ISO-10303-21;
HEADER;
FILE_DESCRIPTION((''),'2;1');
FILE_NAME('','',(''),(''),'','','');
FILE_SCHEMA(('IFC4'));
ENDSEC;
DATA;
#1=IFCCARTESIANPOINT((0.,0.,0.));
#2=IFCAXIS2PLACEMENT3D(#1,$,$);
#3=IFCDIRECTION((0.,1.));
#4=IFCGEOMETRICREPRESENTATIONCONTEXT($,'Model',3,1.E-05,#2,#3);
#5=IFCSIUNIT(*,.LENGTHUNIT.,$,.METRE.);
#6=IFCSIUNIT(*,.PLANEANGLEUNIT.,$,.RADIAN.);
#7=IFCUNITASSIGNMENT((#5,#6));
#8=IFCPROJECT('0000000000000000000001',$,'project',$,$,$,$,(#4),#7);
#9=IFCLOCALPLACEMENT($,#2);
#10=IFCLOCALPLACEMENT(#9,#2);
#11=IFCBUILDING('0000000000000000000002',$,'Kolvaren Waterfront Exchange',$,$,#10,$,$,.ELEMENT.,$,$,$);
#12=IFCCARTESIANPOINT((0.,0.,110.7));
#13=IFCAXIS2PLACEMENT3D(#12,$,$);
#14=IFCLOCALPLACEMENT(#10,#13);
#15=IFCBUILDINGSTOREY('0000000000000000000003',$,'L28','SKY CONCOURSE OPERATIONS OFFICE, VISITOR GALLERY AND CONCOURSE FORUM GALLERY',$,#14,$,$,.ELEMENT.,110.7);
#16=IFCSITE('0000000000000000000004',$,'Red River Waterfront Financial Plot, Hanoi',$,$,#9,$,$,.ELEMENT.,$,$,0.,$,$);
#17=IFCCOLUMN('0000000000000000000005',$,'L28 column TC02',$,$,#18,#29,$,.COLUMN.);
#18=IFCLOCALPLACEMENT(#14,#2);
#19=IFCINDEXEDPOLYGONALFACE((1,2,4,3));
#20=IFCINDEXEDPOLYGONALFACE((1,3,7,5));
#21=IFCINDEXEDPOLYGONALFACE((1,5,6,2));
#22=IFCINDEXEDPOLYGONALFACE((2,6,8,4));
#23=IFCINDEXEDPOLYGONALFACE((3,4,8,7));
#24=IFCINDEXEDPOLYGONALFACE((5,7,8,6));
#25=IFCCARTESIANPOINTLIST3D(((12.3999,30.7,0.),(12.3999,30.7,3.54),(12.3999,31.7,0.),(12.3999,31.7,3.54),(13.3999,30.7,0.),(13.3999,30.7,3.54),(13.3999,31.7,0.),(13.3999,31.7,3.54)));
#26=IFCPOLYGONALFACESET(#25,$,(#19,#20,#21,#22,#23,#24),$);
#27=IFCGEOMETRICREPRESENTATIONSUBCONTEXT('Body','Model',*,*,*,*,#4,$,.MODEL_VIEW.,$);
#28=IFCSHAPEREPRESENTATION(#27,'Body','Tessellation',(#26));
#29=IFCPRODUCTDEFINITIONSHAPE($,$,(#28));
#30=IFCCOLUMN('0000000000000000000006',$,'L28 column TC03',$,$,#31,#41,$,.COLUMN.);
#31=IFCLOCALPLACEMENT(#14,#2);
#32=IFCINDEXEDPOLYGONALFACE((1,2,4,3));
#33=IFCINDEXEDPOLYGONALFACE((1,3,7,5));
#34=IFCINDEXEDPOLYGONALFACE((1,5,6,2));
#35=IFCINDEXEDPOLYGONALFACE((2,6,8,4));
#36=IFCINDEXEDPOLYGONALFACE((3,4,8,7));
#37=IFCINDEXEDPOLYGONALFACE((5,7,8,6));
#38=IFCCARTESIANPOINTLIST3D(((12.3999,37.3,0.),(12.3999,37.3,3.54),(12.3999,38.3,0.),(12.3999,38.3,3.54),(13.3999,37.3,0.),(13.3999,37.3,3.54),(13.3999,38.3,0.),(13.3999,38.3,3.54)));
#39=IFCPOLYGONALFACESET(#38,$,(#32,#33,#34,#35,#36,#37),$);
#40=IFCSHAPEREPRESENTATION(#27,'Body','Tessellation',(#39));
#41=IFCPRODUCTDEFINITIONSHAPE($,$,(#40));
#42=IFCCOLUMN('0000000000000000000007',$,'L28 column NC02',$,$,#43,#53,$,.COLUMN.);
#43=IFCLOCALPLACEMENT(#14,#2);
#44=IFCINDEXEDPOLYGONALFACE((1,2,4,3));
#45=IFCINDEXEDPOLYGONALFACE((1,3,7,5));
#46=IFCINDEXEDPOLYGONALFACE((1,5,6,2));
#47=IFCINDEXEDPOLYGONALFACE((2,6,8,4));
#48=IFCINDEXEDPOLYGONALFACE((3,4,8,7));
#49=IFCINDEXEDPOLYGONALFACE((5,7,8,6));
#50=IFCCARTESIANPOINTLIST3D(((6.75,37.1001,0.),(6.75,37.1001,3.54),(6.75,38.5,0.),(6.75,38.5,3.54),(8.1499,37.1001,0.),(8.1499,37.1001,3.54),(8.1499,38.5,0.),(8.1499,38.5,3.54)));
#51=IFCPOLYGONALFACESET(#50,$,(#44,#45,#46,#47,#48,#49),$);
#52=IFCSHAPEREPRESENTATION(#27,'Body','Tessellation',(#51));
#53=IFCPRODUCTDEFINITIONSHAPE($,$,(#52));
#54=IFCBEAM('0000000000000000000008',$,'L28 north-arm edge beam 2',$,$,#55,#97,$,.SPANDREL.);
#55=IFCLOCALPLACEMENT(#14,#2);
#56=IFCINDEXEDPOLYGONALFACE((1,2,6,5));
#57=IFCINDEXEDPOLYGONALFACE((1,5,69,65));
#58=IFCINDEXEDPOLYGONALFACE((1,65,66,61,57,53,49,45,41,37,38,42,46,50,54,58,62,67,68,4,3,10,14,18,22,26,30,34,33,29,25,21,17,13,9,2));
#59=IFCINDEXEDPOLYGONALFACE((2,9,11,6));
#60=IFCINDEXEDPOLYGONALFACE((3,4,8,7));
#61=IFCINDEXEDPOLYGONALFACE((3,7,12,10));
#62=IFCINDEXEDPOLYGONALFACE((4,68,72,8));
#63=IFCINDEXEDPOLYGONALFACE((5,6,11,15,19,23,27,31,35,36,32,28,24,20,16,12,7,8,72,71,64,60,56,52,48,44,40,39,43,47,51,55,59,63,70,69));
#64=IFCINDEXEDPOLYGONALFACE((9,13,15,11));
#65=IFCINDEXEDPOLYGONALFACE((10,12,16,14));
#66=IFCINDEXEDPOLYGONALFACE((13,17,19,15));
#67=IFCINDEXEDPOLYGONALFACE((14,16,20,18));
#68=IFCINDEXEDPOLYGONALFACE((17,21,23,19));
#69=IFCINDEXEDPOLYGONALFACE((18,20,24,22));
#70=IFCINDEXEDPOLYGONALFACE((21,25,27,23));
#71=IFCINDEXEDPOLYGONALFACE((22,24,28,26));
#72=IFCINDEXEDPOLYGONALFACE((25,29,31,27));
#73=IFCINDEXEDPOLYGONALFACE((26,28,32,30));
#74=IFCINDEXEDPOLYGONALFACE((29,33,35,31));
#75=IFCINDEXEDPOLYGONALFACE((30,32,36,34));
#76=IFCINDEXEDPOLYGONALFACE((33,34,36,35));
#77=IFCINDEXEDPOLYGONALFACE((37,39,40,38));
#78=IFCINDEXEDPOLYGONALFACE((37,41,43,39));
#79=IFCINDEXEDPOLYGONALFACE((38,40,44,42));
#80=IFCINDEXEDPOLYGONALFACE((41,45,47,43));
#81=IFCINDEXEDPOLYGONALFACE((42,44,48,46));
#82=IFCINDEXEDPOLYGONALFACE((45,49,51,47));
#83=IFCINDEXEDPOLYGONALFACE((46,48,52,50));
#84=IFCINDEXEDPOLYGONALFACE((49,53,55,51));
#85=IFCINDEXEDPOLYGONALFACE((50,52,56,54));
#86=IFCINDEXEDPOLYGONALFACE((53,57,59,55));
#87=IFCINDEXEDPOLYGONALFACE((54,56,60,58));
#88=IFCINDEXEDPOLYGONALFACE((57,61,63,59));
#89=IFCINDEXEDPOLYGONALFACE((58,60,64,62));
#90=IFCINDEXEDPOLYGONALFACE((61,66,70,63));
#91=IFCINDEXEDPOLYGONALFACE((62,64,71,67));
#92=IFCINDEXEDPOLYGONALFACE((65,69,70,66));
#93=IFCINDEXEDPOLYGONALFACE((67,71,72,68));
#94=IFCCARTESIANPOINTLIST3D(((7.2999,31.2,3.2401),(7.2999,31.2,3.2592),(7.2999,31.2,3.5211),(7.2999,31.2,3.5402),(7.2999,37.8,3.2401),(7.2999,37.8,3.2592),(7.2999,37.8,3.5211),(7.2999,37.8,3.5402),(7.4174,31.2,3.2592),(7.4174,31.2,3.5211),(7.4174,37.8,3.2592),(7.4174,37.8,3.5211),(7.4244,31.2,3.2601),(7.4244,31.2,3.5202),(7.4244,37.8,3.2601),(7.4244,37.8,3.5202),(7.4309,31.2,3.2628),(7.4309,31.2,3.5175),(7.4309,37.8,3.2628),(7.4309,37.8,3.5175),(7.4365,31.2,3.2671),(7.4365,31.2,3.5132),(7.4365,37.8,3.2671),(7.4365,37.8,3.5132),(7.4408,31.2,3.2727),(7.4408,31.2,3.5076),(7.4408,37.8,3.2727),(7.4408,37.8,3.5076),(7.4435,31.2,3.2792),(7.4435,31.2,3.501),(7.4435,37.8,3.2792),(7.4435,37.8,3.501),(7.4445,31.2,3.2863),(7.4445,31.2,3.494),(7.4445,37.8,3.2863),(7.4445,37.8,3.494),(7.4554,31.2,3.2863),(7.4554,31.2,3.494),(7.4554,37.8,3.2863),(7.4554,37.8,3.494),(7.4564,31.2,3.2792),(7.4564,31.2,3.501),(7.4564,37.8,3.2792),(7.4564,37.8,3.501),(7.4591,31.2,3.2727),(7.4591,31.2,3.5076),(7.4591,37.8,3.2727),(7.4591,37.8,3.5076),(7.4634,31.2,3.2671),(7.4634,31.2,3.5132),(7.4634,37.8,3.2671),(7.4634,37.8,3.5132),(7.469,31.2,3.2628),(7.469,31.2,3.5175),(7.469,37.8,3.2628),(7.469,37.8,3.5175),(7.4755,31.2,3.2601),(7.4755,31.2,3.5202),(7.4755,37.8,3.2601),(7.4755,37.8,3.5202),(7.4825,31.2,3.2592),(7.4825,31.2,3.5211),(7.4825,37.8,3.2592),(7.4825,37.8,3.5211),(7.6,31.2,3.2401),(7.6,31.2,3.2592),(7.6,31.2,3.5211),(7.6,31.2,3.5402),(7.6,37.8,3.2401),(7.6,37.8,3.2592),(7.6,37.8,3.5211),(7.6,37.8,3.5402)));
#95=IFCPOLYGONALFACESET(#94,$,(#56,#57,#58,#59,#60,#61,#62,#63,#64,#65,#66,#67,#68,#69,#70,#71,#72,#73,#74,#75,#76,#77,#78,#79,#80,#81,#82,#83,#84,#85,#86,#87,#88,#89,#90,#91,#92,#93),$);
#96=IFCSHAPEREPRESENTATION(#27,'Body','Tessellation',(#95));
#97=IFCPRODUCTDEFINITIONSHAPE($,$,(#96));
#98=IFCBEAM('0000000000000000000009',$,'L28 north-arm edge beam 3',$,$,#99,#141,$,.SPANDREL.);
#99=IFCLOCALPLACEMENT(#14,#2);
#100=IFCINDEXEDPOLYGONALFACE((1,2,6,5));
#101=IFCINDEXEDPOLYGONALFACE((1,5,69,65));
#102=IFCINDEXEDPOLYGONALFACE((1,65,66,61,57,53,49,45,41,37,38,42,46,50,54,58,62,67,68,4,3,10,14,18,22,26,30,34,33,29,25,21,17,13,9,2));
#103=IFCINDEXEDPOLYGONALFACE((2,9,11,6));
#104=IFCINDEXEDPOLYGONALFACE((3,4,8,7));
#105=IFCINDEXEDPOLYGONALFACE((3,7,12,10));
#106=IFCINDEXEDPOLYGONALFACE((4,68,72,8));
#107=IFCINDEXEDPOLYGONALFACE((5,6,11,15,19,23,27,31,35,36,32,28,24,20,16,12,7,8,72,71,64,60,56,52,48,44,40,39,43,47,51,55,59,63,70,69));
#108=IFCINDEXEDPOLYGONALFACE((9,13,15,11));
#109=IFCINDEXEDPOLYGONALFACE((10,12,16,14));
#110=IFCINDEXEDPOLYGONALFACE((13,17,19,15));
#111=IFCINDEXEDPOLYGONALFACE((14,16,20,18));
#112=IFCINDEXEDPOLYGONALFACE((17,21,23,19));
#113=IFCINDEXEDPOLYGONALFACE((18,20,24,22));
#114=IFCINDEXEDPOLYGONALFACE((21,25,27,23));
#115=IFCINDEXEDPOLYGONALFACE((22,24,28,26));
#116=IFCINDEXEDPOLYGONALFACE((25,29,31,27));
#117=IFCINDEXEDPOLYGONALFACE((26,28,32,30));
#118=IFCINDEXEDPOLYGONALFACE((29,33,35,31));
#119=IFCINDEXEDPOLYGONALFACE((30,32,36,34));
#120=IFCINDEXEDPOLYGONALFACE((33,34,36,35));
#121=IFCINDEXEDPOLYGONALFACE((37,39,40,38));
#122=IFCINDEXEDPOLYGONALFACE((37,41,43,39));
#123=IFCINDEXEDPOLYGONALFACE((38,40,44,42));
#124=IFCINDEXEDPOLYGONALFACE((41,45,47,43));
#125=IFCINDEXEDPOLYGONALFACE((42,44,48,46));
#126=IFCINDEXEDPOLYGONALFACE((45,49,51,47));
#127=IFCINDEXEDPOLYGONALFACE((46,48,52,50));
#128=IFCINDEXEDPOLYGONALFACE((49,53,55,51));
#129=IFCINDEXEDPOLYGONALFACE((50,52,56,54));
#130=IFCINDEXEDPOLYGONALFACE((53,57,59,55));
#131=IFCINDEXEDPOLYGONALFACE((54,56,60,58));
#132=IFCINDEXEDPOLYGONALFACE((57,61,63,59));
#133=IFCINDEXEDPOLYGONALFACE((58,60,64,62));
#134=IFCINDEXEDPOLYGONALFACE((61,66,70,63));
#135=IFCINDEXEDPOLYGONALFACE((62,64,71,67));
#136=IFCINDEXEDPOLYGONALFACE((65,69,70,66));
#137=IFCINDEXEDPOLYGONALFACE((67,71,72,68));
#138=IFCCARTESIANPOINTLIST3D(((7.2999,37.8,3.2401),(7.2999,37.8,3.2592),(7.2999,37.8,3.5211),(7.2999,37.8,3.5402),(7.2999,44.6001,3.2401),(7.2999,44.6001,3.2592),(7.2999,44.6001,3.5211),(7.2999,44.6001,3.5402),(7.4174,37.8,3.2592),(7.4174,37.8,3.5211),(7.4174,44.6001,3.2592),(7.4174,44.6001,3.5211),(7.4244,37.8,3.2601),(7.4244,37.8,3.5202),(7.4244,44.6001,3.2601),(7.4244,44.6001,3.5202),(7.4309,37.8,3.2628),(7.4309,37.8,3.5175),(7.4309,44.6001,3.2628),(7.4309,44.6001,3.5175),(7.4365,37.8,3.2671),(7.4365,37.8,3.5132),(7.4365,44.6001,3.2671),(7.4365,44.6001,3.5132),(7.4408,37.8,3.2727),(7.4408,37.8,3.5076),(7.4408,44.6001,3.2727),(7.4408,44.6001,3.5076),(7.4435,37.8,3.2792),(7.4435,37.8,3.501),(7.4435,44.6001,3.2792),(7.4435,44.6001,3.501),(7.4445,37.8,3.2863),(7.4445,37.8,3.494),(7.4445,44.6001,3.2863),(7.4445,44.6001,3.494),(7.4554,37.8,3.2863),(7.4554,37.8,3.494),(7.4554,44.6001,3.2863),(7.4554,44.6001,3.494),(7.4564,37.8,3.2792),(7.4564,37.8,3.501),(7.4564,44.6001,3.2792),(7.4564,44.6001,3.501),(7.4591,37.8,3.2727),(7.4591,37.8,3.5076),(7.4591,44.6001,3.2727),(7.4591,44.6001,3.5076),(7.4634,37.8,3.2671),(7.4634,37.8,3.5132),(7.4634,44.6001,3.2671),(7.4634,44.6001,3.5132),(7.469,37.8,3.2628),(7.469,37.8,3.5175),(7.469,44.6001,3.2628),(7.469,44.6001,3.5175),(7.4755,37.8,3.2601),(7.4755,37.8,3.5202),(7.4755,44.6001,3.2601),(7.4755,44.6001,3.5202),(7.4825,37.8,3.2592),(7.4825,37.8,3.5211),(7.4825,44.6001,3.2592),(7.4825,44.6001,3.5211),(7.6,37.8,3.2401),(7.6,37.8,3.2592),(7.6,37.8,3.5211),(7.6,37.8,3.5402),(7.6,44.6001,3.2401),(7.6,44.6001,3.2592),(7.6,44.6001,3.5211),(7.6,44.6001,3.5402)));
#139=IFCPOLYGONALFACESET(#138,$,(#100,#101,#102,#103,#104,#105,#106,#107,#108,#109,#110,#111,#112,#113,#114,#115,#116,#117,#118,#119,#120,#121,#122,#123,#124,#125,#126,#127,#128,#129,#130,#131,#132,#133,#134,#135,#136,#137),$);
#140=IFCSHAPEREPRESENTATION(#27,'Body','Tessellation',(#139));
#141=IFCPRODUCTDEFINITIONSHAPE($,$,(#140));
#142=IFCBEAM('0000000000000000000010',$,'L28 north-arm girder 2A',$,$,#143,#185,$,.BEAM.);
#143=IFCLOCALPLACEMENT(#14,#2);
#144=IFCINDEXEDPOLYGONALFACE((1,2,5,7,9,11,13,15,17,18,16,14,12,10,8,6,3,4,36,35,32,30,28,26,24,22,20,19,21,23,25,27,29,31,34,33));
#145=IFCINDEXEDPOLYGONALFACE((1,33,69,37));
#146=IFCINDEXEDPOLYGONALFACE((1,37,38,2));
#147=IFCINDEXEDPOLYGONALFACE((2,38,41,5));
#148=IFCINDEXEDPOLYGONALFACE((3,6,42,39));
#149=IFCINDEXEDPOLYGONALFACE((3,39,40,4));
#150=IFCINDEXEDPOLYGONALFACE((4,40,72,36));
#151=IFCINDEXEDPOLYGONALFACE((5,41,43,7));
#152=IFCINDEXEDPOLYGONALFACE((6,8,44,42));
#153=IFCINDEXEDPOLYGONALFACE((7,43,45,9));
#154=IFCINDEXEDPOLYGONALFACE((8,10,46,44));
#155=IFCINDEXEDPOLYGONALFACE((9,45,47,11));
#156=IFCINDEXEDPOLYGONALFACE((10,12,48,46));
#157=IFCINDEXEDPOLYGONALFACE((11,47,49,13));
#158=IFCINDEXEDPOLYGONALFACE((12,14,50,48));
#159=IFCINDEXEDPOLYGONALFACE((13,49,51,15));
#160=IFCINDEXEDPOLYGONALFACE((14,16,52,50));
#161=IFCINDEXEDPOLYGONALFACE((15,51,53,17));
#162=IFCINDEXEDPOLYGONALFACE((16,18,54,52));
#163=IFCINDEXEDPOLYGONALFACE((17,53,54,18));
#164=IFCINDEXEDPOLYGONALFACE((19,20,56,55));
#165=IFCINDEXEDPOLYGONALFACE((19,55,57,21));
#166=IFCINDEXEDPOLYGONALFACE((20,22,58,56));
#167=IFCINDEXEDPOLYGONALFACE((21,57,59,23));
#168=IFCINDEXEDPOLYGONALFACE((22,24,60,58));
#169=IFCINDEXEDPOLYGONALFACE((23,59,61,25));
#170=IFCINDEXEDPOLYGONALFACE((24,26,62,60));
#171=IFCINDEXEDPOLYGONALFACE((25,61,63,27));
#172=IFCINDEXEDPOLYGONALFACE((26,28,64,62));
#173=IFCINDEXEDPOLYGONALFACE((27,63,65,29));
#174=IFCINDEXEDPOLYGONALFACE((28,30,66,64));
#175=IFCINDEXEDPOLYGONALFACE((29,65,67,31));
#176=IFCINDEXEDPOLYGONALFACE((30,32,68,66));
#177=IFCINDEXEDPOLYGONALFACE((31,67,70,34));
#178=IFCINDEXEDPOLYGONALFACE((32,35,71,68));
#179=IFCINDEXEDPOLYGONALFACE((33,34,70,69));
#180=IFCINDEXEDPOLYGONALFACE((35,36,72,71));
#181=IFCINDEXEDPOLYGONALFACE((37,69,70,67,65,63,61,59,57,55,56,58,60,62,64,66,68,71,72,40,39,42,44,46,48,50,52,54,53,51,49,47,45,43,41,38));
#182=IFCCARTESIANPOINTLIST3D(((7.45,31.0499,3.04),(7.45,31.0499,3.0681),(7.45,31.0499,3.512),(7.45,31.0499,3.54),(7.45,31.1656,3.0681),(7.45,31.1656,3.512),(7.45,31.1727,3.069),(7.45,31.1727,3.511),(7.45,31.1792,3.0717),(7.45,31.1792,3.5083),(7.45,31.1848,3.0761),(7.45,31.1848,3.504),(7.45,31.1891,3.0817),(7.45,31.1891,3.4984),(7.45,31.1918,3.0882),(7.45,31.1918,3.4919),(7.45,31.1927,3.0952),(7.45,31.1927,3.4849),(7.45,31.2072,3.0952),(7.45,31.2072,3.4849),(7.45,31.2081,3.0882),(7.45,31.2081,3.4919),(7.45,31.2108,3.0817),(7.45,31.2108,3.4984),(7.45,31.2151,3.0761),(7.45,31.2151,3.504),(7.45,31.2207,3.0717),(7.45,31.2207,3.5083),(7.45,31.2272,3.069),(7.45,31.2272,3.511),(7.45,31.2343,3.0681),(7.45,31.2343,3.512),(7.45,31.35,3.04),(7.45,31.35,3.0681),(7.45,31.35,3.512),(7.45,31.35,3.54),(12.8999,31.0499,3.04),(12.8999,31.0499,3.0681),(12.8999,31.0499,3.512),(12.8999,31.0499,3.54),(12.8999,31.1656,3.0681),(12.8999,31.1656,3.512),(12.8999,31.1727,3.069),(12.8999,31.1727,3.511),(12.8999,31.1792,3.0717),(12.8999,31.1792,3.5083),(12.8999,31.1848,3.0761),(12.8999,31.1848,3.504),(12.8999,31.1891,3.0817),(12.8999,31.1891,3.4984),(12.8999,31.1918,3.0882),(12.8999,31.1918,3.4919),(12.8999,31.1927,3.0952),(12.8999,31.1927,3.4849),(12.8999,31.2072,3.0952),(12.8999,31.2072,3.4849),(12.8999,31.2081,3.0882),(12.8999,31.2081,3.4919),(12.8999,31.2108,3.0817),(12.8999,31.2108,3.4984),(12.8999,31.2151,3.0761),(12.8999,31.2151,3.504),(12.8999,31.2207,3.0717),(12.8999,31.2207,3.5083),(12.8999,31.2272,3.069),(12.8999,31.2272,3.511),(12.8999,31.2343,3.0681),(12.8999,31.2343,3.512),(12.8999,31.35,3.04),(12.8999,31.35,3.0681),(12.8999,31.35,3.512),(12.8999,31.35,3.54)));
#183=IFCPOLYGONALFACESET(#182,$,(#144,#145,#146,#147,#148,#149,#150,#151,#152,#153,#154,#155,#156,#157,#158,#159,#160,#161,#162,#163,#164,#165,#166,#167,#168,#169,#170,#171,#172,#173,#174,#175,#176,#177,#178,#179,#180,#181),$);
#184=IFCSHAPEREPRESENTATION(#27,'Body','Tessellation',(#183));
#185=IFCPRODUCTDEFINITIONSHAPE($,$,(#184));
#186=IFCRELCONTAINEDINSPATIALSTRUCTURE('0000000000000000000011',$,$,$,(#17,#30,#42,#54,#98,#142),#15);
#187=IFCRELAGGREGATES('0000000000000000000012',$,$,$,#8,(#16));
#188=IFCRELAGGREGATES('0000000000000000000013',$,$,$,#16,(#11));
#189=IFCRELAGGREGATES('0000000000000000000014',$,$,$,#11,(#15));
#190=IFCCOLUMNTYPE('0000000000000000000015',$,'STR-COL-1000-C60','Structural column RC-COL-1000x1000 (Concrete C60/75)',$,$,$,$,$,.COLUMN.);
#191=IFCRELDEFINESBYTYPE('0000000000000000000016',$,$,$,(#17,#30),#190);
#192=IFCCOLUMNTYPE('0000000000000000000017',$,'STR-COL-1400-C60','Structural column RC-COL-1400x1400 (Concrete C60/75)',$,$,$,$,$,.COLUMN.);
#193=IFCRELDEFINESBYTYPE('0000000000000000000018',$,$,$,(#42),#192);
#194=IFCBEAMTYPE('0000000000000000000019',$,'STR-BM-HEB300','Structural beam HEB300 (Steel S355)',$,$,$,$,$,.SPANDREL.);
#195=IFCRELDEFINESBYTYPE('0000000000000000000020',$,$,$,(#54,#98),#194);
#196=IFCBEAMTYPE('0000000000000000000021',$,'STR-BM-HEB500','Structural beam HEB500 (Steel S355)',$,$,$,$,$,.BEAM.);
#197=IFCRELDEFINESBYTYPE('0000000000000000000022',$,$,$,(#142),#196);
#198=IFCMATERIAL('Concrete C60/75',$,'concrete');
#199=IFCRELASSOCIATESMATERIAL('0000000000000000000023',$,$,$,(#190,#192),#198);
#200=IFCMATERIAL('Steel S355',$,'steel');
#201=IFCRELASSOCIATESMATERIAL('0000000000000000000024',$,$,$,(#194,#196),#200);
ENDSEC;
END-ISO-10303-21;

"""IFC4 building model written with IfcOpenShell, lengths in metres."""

from ifc_helpers import new_model, si_unit, direction, frame, origin, origin_2d, place, context, subcontext, project, spatial, rectangle, i_section, extrude, material, material_profile, profile_set, type_object, element, save


model = new_model("IFC4")

# Units and contexts
model_context = context("Model", 3, precision=1e-05, world=origin(), true_north=direction((0.0, 1.0)))
body_context = subcontext(model_context, "Body", "Model", "MODEL_VIEW")
ifc_project = project(units=[si_unit("LENGTHUNIT", "METRE"), si_unit("PLANEANGLEUNIT", "RADIAN")], contexts=[model_context])

# Site, building, storey
site_placement = place(None, origin())
site = spatial("IfcSite", under=ifc_project, at=site_placement, Name="Red River Waterfront Financial Plot, Hanoi", CompositionType="ELEMENT", RefElevation=0.0)
building_placement = place(site_placement, origin())
building = spatial("IfcBuilding", under=site, at=building_placement, Name="Kolvaren Waterfront Exchange", CompositionType="ELEMENT")
storey_placement = place(building_placement, frame((0.0, 0.0, 110.7)))
storey = spatial("IfcBuildingStorey", under=building, at=storey_placement, Name="L28", Description="SKY CONCOURSE OPERATIONS OFFICE, VISITOR GALLERY AND CONCOURSE FORUM GALLERY", CompositionType="ELEMENT", Elevation=110.7)

# Columns
ifc_material_1 = material(Name="Concrete C60/75", Category="concrete")
ifc_material_profile_1 = material_profile(ifc_material_1, rectangle(XDim=1.0, YDim=1.0, at=origin_2d()), Name="RC-COL-1000x1000")
ifc_profile_set_1 = profile_set([ifc_material_profile_1], Name="Concrete C60/75")
column_type_1 = type_object("IfcColumnType", Name="STR-COL-1000-C60", Description="Structural column RC-COL-1000x1000 (Concrete C60/75)", PredefinedType="COLUMN", material=ifc_profile_set_1)
for number, where, z_axis, x_axis, name in (
    (1, (12.8999, 31.2, 0.0), (0.0, 0.0, 1.0), (1.0, 0.0, 0.0), "L28 column TC02"),
    (2, (12.8999, 37.8, 0.0), (0.0, 0.0, 1.0), (1.0, 0.0, 0.0), "L28 column TC03"),
):
    element("IfcColumn", number, at=place(storey_placement, frame(where, z_axis=z_axis, x_axis=x_axis)), inside=storey, type_object=column_type_1, Name=name, PredefinedType="COLUMN", context=body_context, shape_type="SweptSolid", body=[
        extrude(rectangle(XDim=1.0, YDim=1.0, at=origin_2d()), origin(), (0.0, 0.0, 1.0), 3.54),
    ])
ifc_material_profile_2 = material_profile(ifc_material_1, rectangle(XDim=1.3999, YDim=1.3999, at=origin_2d()), Name="RC-COL-1400x1400")
ifc_profile_set_2 = profile_set([ifc_material_profile_2], Name="Concrete C60/75")
column_type_2 = type_object("IfcColumnType", Name="STR-COL-1400-C60", Description="Structural column RC-COL-1400x1400 (Concrete C60/75)", PredefinedType="COLUMN", material=ifc_profile_set_2)
column_placement = place(storey_placement, frame((7.45, 37.8, 0.0), z_axis=(0.0, 0.0, 1.0), x_axis=(1.0, 0.0, 0.0)))
element("IfcColumn", 3, at=column_placement, inside=storey, type_object=column_type_2, Name="L28 column NC02", PredefinedType="COLUMN", context=body_context, shape_type="SweptSolid", body=[
    extrude(rectangle(XDim=1.3999, YDim=1.3999, at=origin_2d()), origin(), (0.0, 0.0, 1.0), 3.54),
])

# Beams
ifc_material_2 = material(Name="Steel S355", Category="steel")
ifc_material_profile_3 = material_profile(ifc_material_2, i_section(OverallWidth=0.3, OverallDepth=0.3, WebThickness=0.011, FlangeThickness=0.019, FilletRadius=0.0271, at=origin_2d()), Name="HEB300")
ifc_profile_set_3 = profile_set([ifc_material_profile_3], Name="Steel S355")
beam_type_1 = type_object("IfcBeamType", Name="STR-BM-HEB300", Description="Structural beam HEB300 (Steel S355)", PredefinedType="SPANDREL", material=ifc_profile_set_3)
beam_1_placement = place(storey_placement, frame((7.45, 31.2, 3.3901), z_axis=(0.0, 1.0, 0.0), x_axis=(-1.0, 0.0, 0.0)))
element("IfcBeam", 4, at=beam_1_placement, inside=storey, type_object=beam_type_1, Name="L28 north-arm edge beam 2", PredefinedType="SPANDREL", context=body_context, shape_type="SweptSolid", body=[
    extrude(i_section(OverallWidth=0.3, OverallDepth=0.3, WebThickness=0.011, FlangeThickness=0.019, FilletRadius=0.0271, at=origin_2d()), origin(), (0.0, 0.0, 1.0), 6.6001),
])
beam_2_placement = place(storey_placement, frame((7.45, 37.8, 3.3901), z_axis=(0.0, 1.0, 0.0), x_axis=(-1.0, 0.0, 0.0)))
element("IfcBeam", 5, at=beam_2_placement, inside=storey, type_object=beam_type_1, Name="L28 north-arm edge beam 3", PredefinedType="SPANDREL", context=body_context, shape_type="SweptSolid", body=[
    extrude(i_section(OverallWidth=0.3, OverallDepth=0.3, WebThickness=0.011, FlangeThickness=0.019, FilletRadius=0.0271, at=origin_2d()), origin(), (0.0, 0.0, 1.0), 6.8),
])
ifc_material_profile_4 = material_profile(ifc_material_2, i_section(OverallWidth=0.3, OverallDepth=0.5, WebThickness=0.0144, FlangeThickness=0.0281, FilletRadius=0.0271, at=origin_2d()), Name="HEB500")
ifc_profile_set_4 = profile_set([ifc_material_profile_4], Name="Steel S355")
beam_type_2 = type_object("IfcBeamType", Name="STR-BM-HEB500", Description="Structural beam HEB500 (Steel S355)", PredefinedType="BEAM", material=ifc_profile_set_4)
beam_3_placement = place(storey_placement, frame((7.45, 31.2, 3.29), z_axis=(1.0, 0.0, 0.0), x_axis=(0.0, 1.0, 0.0)))
element("IfcBeam", 6, at=beam_3_placement, inside=storey, type_object=beam_type_2, Name="L28 north-arm girder 2A", PredefinedType="BEAM", context=body_context, shape_type="SweptSolid", body=[
    extrude(i_section(OverallWidth=0.3, OverallDepth=0.5, WebThickness=0.0144, FlangeThickness=0.0281, FilletRadius=0.0271, at=origin_2d()), origin(), (0.0, 0.0, 1.0), 5.45),
])

save(model, "model.ifc")
